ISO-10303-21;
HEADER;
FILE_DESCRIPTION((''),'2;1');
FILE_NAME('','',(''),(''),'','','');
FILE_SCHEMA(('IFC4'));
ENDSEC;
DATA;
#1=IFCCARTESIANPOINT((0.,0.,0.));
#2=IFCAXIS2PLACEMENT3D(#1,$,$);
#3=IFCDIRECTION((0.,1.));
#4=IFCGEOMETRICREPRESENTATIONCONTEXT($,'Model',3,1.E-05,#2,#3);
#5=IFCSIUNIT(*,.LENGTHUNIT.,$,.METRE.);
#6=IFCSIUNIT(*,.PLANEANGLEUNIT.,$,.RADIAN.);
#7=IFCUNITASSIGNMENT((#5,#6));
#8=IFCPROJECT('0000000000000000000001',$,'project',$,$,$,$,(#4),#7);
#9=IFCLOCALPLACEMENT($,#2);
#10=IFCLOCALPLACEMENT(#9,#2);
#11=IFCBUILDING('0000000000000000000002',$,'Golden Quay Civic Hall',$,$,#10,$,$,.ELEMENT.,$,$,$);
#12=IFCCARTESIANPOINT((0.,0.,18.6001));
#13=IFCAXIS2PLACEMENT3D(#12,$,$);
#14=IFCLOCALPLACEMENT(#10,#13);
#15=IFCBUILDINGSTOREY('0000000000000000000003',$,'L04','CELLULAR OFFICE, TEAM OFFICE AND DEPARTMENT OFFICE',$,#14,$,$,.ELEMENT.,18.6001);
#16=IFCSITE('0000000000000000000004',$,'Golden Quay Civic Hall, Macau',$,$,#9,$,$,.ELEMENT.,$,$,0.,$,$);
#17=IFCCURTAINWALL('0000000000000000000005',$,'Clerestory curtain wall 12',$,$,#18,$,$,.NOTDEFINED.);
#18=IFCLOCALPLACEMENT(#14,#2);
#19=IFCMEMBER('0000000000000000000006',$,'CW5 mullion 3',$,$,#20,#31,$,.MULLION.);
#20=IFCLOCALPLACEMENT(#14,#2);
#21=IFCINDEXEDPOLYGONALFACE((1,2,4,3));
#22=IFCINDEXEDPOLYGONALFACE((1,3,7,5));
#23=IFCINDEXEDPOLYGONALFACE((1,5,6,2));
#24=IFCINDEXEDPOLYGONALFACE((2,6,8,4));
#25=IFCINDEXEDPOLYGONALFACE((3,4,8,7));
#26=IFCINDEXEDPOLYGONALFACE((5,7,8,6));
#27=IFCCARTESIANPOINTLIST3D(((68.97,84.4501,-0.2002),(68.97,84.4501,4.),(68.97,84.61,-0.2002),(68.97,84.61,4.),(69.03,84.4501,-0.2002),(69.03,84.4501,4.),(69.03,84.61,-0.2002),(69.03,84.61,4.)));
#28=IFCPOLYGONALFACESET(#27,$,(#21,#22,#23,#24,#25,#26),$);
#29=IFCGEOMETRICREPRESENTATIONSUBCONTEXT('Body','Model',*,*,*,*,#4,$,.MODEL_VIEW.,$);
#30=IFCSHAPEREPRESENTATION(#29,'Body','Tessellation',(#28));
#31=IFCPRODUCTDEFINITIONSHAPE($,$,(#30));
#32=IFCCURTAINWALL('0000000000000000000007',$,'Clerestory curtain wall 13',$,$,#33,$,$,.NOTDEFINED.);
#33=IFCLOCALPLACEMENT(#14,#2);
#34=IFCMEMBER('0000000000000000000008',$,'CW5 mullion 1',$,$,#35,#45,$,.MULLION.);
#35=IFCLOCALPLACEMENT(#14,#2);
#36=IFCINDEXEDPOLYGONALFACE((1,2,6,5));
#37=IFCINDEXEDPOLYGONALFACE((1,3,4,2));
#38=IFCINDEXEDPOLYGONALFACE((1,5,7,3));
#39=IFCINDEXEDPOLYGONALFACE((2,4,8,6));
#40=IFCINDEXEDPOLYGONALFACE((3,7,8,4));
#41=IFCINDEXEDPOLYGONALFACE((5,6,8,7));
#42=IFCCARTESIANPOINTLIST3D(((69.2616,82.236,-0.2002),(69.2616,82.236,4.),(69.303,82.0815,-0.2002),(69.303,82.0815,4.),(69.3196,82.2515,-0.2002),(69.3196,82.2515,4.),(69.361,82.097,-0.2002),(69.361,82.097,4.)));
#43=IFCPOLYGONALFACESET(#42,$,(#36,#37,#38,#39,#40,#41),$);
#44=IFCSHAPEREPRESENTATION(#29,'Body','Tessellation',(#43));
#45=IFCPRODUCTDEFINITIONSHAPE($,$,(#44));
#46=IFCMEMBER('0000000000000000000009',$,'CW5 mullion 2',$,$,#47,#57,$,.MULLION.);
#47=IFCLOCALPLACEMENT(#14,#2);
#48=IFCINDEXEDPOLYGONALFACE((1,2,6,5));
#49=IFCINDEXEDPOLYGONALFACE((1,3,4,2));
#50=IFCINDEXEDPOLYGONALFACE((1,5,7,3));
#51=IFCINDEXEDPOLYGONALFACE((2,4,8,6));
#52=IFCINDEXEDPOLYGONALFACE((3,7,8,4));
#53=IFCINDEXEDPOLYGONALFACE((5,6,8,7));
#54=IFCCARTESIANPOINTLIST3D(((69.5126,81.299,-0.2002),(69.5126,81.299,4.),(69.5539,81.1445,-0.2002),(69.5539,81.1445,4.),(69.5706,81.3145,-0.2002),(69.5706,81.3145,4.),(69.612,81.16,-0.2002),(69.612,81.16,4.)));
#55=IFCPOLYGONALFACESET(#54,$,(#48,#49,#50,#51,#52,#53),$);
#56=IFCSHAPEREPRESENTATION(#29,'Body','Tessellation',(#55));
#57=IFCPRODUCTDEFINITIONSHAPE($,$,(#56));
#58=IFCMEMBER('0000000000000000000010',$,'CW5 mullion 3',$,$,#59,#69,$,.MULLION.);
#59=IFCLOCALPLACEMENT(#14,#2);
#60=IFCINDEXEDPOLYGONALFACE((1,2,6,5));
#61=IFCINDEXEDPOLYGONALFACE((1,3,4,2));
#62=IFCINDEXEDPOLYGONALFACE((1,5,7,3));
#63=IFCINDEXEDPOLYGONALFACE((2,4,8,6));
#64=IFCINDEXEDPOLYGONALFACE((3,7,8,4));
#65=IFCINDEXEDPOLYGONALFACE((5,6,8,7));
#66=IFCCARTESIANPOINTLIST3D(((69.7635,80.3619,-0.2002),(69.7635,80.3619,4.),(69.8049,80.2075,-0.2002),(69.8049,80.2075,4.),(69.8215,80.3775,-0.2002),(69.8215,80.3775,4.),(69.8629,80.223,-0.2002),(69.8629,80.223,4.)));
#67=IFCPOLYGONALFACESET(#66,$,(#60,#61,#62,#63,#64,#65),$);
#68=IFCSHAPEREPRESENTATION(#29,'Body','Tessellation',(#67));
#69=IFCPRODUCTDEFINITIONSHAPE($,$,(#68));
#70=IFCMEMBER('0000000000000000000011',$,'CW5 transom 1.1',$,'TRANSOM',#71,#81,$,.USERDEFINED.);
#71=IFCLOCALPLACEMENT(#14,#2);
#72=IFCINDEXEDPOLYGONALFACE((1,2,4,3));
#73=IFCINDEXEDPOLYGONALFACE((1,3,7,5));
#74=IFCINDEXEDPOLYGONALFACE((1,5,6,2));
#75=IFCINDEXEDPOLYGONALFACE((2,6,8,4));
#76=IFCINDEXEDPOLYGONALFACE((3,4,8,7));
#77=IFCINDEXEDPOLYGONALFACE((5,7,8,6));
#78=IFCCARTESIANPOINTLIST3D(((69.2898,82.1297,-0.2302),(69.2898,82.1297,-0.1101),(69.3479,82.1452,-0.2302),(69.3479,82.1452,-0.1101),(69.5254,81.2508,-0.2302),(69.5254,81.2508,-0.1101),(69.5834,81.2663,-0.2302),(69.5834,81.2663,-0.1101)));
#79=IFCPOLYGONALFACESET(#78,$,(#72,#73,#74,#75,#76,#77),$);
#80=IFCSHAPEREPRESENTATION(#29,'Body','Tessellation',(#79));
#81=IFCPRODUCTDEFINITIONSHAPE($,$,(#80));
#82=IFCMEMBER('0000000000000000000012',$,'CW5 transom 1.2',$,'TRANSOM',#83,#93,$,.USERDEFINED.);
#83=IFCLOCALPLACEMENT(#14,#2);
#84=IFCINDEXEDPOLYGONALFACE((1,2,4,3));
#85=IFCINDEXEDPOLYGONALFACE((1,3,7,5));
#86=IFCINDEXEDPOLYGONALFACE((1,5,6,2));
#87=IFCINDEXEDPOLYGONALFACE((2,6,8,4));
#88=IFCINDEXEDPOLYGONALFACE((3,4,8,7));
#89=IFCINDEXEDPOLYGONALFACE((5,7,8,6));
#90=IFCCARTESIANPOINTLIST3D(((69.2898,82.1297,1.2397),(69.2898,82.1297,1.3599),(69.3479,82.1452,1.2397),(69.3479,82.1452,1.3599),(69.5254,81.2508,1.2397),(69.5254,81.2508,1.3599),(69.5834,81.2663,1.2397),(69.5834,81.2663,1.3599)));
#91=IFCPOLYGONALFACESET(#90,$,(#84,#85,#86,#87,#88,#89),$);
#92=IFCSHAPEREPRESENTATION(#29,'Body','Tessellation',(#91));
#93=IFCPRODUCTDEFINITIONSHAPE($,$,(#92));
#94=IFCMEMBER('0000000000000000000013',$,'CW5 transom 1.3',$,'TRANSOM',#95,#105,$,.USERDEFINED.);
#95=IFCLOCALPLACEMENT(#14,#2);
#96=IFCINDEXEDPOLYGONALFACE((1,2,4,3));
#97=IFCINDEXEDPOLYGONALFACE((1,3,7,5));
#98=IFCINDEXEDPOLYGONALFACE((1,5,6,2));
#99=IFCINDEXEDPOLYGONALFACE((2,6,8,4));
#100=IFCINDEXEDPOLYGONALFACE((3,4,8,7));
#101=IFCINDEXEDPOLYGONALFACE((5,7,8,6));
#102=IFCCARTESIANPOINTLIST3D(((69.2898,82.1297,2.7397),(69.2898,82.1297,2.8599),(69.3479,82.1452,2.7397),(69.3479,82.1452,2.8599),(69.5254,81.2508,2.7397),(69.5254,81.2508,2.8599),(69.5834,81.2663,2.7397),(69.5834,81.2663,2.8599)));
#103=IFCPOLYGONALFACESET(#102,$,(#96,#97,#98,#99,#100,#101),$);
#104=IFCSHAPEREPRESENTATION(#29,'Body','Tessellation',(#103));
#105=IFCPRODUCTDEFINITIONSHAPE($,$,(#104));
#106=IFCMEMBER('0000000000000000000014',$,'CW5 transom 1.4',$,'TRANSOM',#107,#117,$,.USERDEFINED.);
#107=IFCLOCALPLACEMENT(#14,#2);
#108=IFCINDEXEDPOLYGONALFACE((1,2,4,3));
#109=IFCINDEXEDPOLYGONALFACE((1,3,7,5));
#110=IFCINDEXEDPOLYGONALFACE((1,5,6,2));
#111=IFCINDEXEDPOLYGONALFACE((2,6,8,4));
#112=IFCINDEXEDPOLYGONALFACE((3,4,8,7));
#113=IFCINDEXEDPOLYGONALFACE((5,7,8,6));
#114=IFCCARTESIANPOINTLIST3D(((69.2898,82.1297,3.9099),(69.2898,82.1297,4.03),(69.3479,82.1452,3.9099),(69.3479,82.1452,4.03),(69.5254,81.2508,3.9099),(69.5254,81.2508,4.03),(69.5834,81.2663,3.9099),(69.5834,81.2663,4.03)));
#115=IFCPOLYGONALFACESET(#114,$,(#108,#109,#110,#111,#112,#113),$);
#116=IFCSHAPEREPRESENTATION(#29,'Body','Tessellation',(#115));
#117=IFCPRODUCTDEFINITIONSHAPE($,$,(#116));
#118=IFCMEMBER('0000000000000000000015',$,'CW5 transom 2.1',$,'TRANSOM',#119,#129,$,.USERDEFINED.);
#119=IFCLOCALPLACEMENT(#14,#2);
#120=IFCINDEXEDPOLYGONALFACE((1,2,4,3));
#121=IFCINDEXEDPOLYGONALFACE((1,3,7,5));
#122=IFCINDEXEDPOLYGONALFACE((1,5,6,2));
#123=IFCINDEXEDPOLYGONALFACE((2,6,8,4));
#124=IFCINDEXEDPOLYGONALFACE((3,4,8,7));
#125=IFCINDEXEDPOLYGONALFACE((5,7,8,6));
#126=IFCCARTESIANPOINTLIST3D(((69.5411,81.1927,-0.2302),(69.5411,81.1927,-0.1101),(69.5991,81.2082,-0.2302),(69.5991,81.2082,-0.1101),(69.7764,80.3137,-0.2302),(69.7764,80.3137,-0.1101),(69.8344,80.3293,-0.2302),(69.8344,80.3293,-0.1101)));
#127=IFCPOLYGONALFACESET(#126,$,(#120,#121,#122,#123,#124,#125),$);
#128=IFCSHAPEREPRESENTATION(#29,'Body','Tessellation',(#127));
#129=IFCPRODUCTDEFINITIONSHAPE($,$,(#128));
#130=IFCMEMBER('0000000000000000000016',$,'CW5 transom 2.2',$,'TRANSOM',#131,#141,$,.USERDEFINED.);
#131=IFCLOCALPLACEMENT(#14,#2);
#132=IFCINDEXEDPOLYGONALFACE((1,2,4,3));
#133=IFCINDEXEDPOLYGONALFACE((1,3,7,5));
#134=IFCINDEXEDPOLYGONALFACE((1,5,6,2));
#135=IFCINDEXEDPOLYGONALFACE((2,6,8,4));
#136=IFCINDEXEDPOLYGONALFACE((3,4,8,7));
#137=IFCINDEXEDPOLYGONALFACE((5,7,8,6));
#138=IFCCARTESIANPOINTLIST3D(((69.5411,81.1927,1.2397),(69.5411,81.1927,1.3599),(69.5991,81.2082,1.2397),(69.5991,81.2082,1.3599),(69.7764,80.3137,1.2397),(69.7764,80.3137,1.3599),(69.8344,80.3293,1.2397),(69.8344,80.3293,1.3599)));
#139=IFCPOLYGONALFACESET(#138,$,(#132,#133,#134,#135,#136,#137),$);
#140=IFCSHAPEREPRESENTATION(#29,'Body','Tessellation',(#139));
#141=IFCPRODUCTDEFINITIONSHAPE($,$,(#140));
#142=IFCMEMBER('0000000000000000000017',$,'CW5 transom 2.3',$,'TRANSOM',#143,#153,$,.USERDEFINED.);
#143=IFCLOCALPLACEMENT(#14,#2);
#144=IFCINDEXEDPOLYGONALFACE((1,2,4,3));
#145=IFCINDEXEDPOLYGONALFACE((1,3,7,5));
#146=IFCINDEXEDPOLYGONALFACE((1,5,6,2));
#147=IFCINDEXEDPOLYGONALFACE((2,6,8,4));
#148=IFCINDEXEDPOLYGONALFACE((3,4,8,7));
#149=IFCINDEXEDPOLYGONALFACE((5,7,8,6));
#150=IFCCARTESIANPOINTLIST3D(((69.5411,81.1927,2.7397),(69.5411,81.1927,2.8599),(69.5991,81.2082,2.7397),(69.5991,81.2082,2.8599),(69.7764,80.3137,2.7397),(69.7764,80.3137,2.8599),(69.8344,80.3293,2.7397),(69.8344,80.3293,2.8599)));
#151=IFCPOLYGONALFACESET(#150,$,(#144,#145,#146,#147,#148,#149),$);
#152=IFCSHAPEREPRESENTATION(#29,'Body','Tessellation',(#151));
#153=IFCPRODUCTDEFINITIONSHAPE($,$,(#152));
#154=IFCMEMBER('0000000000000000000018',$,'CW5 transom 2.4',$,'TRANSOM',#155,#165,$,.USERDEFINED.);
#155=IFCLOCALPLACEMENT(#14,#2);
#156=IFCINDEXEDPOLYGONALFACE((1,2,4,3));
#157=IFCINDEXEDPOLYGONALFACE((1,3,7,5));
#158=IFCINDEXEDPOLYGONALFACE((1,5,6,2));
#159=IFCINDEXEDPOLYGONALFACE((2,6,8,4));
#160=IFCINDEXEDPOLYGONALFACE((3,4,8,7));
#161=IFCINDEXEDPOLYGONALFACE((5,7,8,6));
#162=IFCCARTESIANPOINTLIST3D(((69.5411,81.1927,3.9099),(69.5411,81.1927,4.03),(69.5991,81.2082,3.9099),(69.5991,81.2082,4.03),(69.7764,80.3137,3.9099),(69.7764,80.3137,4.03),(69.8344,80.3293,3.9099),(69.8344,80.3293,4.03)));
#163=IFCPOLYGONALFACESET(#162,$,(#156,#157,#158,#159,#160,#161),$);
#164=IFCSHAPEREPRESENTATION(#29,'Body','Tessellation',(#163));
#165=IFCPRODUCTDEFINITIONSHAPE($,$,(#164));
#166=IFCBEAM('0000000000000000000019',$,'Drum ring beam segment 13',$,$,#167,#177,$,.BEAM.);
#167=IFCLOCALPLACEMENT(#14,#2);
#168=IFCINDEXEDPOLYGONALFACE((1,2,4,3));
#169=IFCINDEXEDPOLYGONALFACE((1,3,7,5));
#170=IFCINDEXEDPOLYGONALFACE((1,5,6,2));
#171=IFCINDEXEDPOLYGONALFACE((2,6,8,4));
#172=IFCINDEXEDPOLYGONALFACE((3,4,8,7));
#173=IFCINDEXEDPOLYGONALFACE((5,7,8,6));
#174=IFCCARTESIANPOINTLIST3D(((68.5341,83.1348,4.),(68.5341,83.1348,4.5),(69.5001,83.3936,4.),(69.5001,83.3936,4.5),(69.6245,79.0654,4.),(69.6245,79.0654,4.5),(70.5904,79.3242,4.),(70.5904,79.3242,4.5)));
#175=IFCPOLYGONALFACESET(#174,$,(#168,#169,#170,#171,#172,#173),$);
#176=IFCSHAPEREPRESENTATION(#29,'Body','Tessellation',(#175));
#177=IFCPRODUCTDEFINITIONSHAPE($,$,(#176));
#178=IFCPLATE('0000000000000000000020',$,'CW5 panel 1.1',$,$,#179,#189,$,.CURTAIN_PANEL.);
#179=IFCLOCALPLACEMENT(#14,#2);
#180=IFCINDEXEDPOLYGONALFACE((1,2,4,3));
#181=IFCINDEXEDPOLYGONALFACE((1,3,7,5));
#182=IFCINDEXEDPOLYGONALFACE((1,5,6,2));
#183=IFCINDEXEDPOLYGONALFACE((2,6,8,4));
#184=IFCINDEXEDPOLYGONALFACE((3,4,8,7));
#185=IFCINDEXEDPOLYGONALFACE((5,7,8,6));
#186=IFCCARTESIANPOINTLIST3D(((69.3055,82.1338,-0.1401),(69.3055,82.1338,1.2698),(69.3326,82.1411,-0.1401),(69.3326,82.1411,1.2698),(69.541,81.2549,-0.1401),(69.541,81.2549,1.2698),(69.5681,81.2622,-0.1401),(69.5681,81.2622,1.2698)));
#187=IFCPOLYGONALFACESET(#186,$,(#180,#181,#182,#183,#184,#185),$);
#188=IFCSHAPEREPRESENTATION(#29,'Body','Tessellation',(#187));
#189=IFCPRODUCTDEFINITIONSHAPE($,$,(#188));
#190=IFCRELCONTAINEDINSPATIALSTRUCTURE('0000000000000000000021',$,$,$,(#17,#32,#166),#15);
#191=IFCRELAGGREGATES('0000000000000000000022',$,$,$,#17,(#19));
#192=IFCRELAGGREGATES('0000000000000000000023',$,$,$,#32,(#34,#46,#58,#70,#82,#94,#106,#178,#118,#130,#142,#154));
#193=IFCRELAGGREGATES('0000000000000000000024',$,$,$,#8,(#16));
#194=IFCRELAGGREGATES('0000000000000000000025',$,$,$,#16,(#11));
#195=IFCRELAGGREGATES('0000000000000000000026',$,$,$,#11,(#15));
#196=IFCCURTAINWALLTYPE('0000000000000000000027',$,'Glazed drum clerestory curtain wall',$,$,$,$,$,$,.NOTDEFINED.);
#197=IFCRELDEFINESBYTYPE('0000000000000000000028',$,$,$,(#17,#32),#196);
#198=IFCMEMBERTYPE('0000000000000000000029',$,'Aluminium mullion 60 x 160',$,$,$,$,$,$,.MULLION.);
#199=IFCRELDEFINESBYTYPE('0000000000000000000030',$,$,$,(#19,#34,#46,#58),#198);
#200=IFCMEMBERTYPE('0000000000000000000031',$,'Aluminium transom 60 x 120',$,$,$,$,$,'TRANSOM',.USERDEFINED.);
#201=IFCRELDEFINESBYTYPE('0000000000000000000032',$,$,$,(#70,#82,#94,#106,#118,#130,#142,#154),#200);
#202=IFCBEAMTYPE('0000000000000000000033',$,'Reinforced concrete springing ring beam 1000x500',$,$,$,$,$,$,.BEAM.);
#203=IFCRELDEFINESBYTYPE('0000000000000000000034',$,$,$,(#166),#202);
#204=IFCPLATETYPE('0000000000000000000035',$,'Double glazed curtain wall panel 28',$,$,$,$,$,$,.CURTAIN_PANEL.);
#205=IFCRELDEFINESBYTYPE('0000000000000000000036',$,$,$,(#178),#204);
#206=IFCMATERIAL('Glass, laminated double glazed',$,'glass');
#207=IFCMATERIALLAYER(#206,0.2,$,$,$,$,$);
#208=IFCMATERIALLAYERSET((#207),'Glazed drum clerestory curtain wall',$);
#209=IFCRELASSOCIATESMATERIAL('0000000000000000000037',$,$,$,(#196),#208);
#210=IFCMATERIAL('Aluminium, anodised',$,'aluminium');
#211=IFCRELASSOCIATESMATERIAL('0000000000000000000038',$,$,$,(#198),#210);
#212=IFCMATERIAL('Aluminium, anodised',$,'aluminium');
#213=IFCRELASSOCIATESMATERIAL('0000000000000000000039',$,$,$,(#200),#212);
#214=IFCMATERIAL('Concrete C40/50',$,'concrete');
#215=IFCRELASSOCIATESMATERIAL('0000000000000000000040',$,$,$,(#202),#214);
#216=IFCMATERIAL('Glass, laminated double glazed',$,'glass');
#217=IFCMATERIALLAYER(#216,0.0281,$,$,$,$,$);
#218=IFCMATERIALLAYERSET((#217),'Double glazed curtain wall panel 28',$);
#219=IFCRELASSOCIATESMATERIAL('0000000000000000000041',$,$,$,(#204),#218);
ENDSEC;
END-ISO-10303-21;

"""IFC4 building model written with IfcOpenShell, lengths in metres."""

from ifc_helpers import new_model, si_unit, direction, frame, origin, origin_2d, place, context, subcontext, project, spatial, rectangle, extrude, material, layer, layer_set, material_profile, profile_set, type_object, element, aggregate, save


model = new_model("IFC4")

# Units and contexts
model_context = context("Model", 3, precision=1e-05, world=origin(), true_north=direction((0.0, 1.0)))
body_context = subcontext(model_context, "Body", "Model", "MODEL_VIEW")
ifc_project = project(units=[si_unit("LENGTHUNIT", "METRE"), si_unit("PLANEANGLEUNIT", "RADIAN")], contexts=[model_context])

# Site, building, storey
site_placement = place(None, origin())
site = spatial("IfcSite", under=ifc_project, at=site_placement, Name="Golden Quay Civic Hall, Macau", CompositionType="ELEMENT", RefElevation=0.0)
building_placement = place(site_placement, origin())
building = spatial("IfcBuilding", under=site, at=building_placement, Name="Golden Quay Civic Hall", CompositionType="ELEMENT")
storey_placement = place(building_placement, frame((0.0, 0.0, 18.6001)))
storey = spatial("IfcBuildingStorey", under=building, at=storey_placement, Name="L04", Description="CELLULAR OFFICE, TEAM OFFICE AND DEPARTMENT OFFICE", CompositionType="ELEMENT", Elevation=18.6001)

# Curtain wall, member
ifc_material_1 = material(Name="Glass, laminated double glazed", Category="glass")
ifc_layer_1 = layer(ifc_material_1, 0.2)
ifc_layer_set_1 = layer_set([ifc_layer_1], Name="Glazed drum clerestory curtain wall")
curtain_wall_type = type_object("IfcCurtainWallType", Name="Glazed drum clerestory curtain wall", PredefinedType="NOTDEFINED", material=ifc_layer_set_1)
curtain_wall_1_placement = place(storey_placement, origin())
curtain_wall_1 = element("IfcCurtainWall", 1, at=curtain_wall_1_placement, inside=storey, type_object=curtain_wall_type, Name="Clerestory curtain wall 12", PredefinedType="NOTDEFINED")
ifc_material_2 = material(Name="Aluminium, anodised", Category="aluminium")
ifc_material_profile_1 = material_profile(ifc_material_2, rectangle(XDim=0.0601, YDim=0.1599, at=origin_2d()), Name="Aluminium 60 x 160")
ifc_profile_set_1 = profile_set([ifc_material_profile_1], Name="Aluminium, anodised")
member_type_1 = type_object("IfcMemberType", Name="Aluminium mullion 60 x 160", PredefinedType="MULLION", material=ifc_profile_set_1)
member_1_placement = place(storey_placement, frame((69.0, 84.53, -0.2002), z_axis=(0.0, 0.0, 1.0), x_axis=(1.0, 0.0, 0.0)))
member_1 = element("IfcMember", 2, at=member_1_placement, type_object=member_type_1, Name="CW5 mullion 3", PredefinedType="MULLION", context=body_context, shape_type="SweptSolid", body=[
    extrude(rectangle(XDim=0.0601, YDim=0.1599, at=origin_2d()), origin(), (0.0, 0.0, 1.0), 4.2002),
])
aggregate(curtain_wall_1, [member_1])

# Curtain wall, members
curtain_wall_2_placement = place(storey_placement, origin())
curtain_wall_2 = element("IfcCurtainWall", 3, at=curtain_wall_2_placement, inside=storey, type_object=curtain_wall_type, Name="Clerestory curtain wall 13", PredefinedType="NOTDEFINED")
member_2_placement = place(storey_placement, frame((69.3113, 82.1665, -0.2002), z_axis=(0.0, 0.0, 1.0), x_axis=(0.965929, 0.258808, 0.0)))
member_2 = element("IfcMember", 4, at=member_2_placement, type_object=member_type_1, Name="CW5 mullion 1", PredefinedType="MULLION", context=body_context, shape_type="SweptSolid", body=[
    extrude(rectangle(XDim=0.0601, YDim=0.1599, at=origin_2d()), origin(), (0.0, 0.0, 1.0), 4.2002),
])
member_3_placement = place(storey_placement, frame((69.5623, 81.2295, -0.2002), z_axis=(0.0, 0.0, 1.0), x_axis=(0.965929, 0.258808, 0.0)))
member_3 = element("IfcMember", 5, at=member_3_placement, type_object=member_type_1, Name="CW5 mullion 2", PredefinedType="MULLION", context=body_context, shape_type="SweptSolid", body=[
    extrude(rectangle(XDim=0.0601, YDim=0.1599, at=origin_2d()), origin(), (0.0, 0.0, 1.0), 4.2002),
])
member_4_placement = place(storey_placement, frame((69.8132, 80.2925, -0.2002), z_axis=(0.0, 0.0, 1.0), x_axis=(0.965929, 0.258808, 0.0)))
member_4 = element("IfcMember", 6, at=member_4_placement, type_object=member_type_1, Name="CW5 mullion 3", PredefinedType="MULLION", context=body_context, shape_type="SweptSolid", body=[
    extrude(rectangle(XDim=0.0601, YDim=0.1599, at=origin_2d()), origin(), (0.0, 0.0, 1.0), 4.2002),
])
ifc_material_3 = material(Name="Aluminium, anodised", Category="aluminium")
ifc_material_profile_2 = material_profile(ifc_material_3, rectangle(XDim=0.0601, YDim=0.1201, at=origin_2d()), Name="Aluminium 60 x 120")
ifc_profile_set_2 = profile_set([ifc_material_profile_2], Name="Aluminium, anodised")
member_type_2 = type_object("IfcMemberType", Name="Aluminium transom 60 x 120", ElementType="TRANSOM", PredefinedType="USERDEFINED", material=ifc_profile_set_2)
member_5_placement = place(storey_placement, frame((69.3188, 82.1375, -0.1702), z_axis=(0.258915, -0.9659, 0.0), x_axis=(0.9659, 0.258915, 0.0)))
member_5 = element("IfcMember", 7, at=member_5_placement, type_object=member_type_2, Name="CW5 transom 1.1", ObjectType="TRANSOM", PredefinedType="USERDEFINED", context=body_context, shape_type="SweptSolid", body=[
    extrude(rectangle(XDim=0.0601, YDim=0.1201, at=origin_2d()), origin(), (0.0, 0.0, 1.0), 0.9099),
])
member_6_placement = place(storey_placement, frame((69.3188, 82.1375, 1.2998), z_axis=(0.258915, -0.9659, 0.0), x_axis=(0.9659, 0.258915, 0.0)))
member_6 = element("IfcMember", 8, at=member_6_placement, type_object=member_type_2, Name="CW5 transom 1.2", ObjectType="TRANSOM", PredefinedType="USERDEFINED", context=body_context, shape_type="SweptSolid", body=[
    extrude(rectangle(XDim=0.0601, YDim=0.1201, at=origin_2d()), origin(), (0.0, 0.0, 1.0), 0.9099),
])
member_7_placement = place(storey_placement, frame((69.3188, 82.1375, 2.7998), z_axis=(0.258915, -0.9659, 0.0), x_axis=(0.9659, 0.258915, 0.0)))
member_7 = element("IfcMember", 9, at=member_7_placement, type_object=member_type_2, Name="CW5 transom 1.3", ObjectType="TRANSOM", PredefinedType="USERDEFINED", context=body_context, shape_type="SweptSolid", body=[
    extrude(rectangle(XDim=0.0601, YDim=0.1201, at=origin_2d()), origin(), (0.0, 0.0, 1.0), 0.9099),
])
member_8_placement = place(storey_placement, frame((69.3188, 82.1375, 3.97), z_axis=(0.258915, -0.9659, 0.0), x_axis=(0.9659, 0.258915, 0.0)))
member_8 = element("IfcMember", 10, at=member_8_placement, type_object=member_type_2, Name="CW5 transom 1.4", ObjectType="TRANSOM", PredefinedType="USERDEFINED", context=body_context, shape_type="SweptSolid", body=[
    extrude(rectangle(XDim=0.0601, YDim=0.1201, at=origin_2d()), origin(), (0.0, 0.0, 1.0), 0.9099),
])
member_9_placement = place(storey_placement, frame((69.5701, 81.2004, -0.1702), z_axis=(0.258665, -0.965967, 0.0), x_axis=(0.965967, 0.258665, 0.0)))
member_9 = element("IfcMember", 11, at=member_9_placement, type_object=member_type_2, Name="CW5 transom 2.1", ObjectType="TRANSOM", PredefinedType="USERDEFINED", context=body_context, shape_type="SweptSolid", body=[
    extrude(rectangle(XDim=0.0601, YDim=0.1201, at=origin_2d()), origin(), (0.0, 0.0, 1.0), 0.9099),
])
member_10_placement = place(storey_placement, frame((69.5701, 81.2004, 1.2998), z_axis=(0.258665, -0.965967, 0.0), x_axis=(0.965967, 0.258665, 0.0)))
member_10 = element("IfcMember", 12, at=member_10_placement, type_object=member_type_2, Name="CW5 transom 2.2", ObjectType="TRANSOM", PredefinedType="USERDEFINED", context=body_context, shape_type="SweptSolid", body=[
    extrude(rectangle(XDim=0.0601, YDim=0.1201, at=origin_2d()), origin(), (0.0, 0.0, 1.0), 0.9099),
])
member_11_placement = place(storey_placement, frame((69.5701, 81.2004, 2.7998), z_axis=(0.258665, -0.965967, 0.0), x_axis=(0.965967, 0.258665, 0.0)))
member_11 = element("IfcMember", 13, at=member_11_placement, type_object=member_type_2, Name="CW5 transom 2.3", ObjectType="TRANSOM", PredefinedType="USERDEFINED", context=body_context, shape_type="SweptSolid", body=[
    extrude(rectangle(XDim=0.0601, YDim=0.1201, at=origin_2d()), origin(), (0.0, 0.0, 1.0), 0.9099),
])
member_12_placement = place(storey_placement, frame((69.5701, 81.2004, 3.97), z_axis=(0.258665, -0.965967, 0.0), x_axis=(0.965967, 0.258665, 0.0)))
member_12 = element("IfcMember", 14, at=member_12_placement, type_object=member_type_2, Name="CW5 transom 2.4", ObjectType="TRANSOM", PredefinedType="USERDEFINED", context=body_context, shape_type="SweptSolid", body=[
    extrude(rectangle(XDim=0.0601, YDim=0.1201, at=origin_2d()), origin(), (0.0, 0.0, 1.0), 0.9099),
])

# Beam
ifc_material_4 = material(Name="Concrete C40/50", Category="concrete")
ifc_material_profile_3 = material_profile(ifc_material_4, rectangle(XDim=1.0, YDim=0.5, at=origin_2d()), Name="RC 1000x500")
ifc_profile_set_3 = profile_set([ifc_material_profile_3], Name="Concrete C40/50")
beam_type = type_object("IfcBeamType", Name="Reinforced concrete springing ring beam 1000x500", PredefinedType="BEAM", material=ifc_profile_set_3)
beam_placement = place(storey_placement, frame((69.0171, 83.2642, 4.25), z_axis=(0.258809, -0.965928, 0.0), x_axis=(0.965928, 0.258809, 0.0)))
element("IfcBeam", 15, at=beam_placement, inside=storey, type_object=beam_type, Name="Drum ring beam segment 13", PredefinedType="BEAM", context=body_context, shape_type="SweptSolid", body=[
    extrude(rectangle(XDim=1.0, YDim=0.5, at=origin_2d()), origin(), (0.0, 0.0, 1.0), 4.2129),
])

# Plate
ifc_material_5 = material(Name="Glass, laminated double glazed", Category="glass")
ifc_layer_2 = layer(ifc_material_5, 0.0281)
ifc_layer_set_2 = layer_set([ifc_layer_2], Name="Double glazed curtain wall panel 28")
plate_type = type_object("IfcPlateType", Name="Double glazed curtain wall panel 28", PredefinedType="CURTAIN_PANEL", material=ifc_layer_set_2)
plate_1_placement = place(storey_placement, frame((69.4368, 81.698, -0.1401), z_axis=(0.0, 0.0, 1.0), x_axis=(0.258808, -0.965929, 0.0)))
plate_1 = element("IfcPlate", 16, at=plate_1_placement, type_object=plate_type, Name="CW5 panel 1.1", PredefinedType="CURTAIN_PANEL", context=body_context, shape_type="SweptSolid", body=[
    extrude(rectangle(XDim=0.9099, YDim=0.0281, at=origin_2d()), origin(), (0.0, 0.0, 1.0), 1.4099),
])
aggregate(curtain_wall_2, [member_2, member_3, member_4, member_5, member_6, member_7, member_8, plate_1, member_9, member_10, member_11, member_12])

save(model, "model.ifc")
